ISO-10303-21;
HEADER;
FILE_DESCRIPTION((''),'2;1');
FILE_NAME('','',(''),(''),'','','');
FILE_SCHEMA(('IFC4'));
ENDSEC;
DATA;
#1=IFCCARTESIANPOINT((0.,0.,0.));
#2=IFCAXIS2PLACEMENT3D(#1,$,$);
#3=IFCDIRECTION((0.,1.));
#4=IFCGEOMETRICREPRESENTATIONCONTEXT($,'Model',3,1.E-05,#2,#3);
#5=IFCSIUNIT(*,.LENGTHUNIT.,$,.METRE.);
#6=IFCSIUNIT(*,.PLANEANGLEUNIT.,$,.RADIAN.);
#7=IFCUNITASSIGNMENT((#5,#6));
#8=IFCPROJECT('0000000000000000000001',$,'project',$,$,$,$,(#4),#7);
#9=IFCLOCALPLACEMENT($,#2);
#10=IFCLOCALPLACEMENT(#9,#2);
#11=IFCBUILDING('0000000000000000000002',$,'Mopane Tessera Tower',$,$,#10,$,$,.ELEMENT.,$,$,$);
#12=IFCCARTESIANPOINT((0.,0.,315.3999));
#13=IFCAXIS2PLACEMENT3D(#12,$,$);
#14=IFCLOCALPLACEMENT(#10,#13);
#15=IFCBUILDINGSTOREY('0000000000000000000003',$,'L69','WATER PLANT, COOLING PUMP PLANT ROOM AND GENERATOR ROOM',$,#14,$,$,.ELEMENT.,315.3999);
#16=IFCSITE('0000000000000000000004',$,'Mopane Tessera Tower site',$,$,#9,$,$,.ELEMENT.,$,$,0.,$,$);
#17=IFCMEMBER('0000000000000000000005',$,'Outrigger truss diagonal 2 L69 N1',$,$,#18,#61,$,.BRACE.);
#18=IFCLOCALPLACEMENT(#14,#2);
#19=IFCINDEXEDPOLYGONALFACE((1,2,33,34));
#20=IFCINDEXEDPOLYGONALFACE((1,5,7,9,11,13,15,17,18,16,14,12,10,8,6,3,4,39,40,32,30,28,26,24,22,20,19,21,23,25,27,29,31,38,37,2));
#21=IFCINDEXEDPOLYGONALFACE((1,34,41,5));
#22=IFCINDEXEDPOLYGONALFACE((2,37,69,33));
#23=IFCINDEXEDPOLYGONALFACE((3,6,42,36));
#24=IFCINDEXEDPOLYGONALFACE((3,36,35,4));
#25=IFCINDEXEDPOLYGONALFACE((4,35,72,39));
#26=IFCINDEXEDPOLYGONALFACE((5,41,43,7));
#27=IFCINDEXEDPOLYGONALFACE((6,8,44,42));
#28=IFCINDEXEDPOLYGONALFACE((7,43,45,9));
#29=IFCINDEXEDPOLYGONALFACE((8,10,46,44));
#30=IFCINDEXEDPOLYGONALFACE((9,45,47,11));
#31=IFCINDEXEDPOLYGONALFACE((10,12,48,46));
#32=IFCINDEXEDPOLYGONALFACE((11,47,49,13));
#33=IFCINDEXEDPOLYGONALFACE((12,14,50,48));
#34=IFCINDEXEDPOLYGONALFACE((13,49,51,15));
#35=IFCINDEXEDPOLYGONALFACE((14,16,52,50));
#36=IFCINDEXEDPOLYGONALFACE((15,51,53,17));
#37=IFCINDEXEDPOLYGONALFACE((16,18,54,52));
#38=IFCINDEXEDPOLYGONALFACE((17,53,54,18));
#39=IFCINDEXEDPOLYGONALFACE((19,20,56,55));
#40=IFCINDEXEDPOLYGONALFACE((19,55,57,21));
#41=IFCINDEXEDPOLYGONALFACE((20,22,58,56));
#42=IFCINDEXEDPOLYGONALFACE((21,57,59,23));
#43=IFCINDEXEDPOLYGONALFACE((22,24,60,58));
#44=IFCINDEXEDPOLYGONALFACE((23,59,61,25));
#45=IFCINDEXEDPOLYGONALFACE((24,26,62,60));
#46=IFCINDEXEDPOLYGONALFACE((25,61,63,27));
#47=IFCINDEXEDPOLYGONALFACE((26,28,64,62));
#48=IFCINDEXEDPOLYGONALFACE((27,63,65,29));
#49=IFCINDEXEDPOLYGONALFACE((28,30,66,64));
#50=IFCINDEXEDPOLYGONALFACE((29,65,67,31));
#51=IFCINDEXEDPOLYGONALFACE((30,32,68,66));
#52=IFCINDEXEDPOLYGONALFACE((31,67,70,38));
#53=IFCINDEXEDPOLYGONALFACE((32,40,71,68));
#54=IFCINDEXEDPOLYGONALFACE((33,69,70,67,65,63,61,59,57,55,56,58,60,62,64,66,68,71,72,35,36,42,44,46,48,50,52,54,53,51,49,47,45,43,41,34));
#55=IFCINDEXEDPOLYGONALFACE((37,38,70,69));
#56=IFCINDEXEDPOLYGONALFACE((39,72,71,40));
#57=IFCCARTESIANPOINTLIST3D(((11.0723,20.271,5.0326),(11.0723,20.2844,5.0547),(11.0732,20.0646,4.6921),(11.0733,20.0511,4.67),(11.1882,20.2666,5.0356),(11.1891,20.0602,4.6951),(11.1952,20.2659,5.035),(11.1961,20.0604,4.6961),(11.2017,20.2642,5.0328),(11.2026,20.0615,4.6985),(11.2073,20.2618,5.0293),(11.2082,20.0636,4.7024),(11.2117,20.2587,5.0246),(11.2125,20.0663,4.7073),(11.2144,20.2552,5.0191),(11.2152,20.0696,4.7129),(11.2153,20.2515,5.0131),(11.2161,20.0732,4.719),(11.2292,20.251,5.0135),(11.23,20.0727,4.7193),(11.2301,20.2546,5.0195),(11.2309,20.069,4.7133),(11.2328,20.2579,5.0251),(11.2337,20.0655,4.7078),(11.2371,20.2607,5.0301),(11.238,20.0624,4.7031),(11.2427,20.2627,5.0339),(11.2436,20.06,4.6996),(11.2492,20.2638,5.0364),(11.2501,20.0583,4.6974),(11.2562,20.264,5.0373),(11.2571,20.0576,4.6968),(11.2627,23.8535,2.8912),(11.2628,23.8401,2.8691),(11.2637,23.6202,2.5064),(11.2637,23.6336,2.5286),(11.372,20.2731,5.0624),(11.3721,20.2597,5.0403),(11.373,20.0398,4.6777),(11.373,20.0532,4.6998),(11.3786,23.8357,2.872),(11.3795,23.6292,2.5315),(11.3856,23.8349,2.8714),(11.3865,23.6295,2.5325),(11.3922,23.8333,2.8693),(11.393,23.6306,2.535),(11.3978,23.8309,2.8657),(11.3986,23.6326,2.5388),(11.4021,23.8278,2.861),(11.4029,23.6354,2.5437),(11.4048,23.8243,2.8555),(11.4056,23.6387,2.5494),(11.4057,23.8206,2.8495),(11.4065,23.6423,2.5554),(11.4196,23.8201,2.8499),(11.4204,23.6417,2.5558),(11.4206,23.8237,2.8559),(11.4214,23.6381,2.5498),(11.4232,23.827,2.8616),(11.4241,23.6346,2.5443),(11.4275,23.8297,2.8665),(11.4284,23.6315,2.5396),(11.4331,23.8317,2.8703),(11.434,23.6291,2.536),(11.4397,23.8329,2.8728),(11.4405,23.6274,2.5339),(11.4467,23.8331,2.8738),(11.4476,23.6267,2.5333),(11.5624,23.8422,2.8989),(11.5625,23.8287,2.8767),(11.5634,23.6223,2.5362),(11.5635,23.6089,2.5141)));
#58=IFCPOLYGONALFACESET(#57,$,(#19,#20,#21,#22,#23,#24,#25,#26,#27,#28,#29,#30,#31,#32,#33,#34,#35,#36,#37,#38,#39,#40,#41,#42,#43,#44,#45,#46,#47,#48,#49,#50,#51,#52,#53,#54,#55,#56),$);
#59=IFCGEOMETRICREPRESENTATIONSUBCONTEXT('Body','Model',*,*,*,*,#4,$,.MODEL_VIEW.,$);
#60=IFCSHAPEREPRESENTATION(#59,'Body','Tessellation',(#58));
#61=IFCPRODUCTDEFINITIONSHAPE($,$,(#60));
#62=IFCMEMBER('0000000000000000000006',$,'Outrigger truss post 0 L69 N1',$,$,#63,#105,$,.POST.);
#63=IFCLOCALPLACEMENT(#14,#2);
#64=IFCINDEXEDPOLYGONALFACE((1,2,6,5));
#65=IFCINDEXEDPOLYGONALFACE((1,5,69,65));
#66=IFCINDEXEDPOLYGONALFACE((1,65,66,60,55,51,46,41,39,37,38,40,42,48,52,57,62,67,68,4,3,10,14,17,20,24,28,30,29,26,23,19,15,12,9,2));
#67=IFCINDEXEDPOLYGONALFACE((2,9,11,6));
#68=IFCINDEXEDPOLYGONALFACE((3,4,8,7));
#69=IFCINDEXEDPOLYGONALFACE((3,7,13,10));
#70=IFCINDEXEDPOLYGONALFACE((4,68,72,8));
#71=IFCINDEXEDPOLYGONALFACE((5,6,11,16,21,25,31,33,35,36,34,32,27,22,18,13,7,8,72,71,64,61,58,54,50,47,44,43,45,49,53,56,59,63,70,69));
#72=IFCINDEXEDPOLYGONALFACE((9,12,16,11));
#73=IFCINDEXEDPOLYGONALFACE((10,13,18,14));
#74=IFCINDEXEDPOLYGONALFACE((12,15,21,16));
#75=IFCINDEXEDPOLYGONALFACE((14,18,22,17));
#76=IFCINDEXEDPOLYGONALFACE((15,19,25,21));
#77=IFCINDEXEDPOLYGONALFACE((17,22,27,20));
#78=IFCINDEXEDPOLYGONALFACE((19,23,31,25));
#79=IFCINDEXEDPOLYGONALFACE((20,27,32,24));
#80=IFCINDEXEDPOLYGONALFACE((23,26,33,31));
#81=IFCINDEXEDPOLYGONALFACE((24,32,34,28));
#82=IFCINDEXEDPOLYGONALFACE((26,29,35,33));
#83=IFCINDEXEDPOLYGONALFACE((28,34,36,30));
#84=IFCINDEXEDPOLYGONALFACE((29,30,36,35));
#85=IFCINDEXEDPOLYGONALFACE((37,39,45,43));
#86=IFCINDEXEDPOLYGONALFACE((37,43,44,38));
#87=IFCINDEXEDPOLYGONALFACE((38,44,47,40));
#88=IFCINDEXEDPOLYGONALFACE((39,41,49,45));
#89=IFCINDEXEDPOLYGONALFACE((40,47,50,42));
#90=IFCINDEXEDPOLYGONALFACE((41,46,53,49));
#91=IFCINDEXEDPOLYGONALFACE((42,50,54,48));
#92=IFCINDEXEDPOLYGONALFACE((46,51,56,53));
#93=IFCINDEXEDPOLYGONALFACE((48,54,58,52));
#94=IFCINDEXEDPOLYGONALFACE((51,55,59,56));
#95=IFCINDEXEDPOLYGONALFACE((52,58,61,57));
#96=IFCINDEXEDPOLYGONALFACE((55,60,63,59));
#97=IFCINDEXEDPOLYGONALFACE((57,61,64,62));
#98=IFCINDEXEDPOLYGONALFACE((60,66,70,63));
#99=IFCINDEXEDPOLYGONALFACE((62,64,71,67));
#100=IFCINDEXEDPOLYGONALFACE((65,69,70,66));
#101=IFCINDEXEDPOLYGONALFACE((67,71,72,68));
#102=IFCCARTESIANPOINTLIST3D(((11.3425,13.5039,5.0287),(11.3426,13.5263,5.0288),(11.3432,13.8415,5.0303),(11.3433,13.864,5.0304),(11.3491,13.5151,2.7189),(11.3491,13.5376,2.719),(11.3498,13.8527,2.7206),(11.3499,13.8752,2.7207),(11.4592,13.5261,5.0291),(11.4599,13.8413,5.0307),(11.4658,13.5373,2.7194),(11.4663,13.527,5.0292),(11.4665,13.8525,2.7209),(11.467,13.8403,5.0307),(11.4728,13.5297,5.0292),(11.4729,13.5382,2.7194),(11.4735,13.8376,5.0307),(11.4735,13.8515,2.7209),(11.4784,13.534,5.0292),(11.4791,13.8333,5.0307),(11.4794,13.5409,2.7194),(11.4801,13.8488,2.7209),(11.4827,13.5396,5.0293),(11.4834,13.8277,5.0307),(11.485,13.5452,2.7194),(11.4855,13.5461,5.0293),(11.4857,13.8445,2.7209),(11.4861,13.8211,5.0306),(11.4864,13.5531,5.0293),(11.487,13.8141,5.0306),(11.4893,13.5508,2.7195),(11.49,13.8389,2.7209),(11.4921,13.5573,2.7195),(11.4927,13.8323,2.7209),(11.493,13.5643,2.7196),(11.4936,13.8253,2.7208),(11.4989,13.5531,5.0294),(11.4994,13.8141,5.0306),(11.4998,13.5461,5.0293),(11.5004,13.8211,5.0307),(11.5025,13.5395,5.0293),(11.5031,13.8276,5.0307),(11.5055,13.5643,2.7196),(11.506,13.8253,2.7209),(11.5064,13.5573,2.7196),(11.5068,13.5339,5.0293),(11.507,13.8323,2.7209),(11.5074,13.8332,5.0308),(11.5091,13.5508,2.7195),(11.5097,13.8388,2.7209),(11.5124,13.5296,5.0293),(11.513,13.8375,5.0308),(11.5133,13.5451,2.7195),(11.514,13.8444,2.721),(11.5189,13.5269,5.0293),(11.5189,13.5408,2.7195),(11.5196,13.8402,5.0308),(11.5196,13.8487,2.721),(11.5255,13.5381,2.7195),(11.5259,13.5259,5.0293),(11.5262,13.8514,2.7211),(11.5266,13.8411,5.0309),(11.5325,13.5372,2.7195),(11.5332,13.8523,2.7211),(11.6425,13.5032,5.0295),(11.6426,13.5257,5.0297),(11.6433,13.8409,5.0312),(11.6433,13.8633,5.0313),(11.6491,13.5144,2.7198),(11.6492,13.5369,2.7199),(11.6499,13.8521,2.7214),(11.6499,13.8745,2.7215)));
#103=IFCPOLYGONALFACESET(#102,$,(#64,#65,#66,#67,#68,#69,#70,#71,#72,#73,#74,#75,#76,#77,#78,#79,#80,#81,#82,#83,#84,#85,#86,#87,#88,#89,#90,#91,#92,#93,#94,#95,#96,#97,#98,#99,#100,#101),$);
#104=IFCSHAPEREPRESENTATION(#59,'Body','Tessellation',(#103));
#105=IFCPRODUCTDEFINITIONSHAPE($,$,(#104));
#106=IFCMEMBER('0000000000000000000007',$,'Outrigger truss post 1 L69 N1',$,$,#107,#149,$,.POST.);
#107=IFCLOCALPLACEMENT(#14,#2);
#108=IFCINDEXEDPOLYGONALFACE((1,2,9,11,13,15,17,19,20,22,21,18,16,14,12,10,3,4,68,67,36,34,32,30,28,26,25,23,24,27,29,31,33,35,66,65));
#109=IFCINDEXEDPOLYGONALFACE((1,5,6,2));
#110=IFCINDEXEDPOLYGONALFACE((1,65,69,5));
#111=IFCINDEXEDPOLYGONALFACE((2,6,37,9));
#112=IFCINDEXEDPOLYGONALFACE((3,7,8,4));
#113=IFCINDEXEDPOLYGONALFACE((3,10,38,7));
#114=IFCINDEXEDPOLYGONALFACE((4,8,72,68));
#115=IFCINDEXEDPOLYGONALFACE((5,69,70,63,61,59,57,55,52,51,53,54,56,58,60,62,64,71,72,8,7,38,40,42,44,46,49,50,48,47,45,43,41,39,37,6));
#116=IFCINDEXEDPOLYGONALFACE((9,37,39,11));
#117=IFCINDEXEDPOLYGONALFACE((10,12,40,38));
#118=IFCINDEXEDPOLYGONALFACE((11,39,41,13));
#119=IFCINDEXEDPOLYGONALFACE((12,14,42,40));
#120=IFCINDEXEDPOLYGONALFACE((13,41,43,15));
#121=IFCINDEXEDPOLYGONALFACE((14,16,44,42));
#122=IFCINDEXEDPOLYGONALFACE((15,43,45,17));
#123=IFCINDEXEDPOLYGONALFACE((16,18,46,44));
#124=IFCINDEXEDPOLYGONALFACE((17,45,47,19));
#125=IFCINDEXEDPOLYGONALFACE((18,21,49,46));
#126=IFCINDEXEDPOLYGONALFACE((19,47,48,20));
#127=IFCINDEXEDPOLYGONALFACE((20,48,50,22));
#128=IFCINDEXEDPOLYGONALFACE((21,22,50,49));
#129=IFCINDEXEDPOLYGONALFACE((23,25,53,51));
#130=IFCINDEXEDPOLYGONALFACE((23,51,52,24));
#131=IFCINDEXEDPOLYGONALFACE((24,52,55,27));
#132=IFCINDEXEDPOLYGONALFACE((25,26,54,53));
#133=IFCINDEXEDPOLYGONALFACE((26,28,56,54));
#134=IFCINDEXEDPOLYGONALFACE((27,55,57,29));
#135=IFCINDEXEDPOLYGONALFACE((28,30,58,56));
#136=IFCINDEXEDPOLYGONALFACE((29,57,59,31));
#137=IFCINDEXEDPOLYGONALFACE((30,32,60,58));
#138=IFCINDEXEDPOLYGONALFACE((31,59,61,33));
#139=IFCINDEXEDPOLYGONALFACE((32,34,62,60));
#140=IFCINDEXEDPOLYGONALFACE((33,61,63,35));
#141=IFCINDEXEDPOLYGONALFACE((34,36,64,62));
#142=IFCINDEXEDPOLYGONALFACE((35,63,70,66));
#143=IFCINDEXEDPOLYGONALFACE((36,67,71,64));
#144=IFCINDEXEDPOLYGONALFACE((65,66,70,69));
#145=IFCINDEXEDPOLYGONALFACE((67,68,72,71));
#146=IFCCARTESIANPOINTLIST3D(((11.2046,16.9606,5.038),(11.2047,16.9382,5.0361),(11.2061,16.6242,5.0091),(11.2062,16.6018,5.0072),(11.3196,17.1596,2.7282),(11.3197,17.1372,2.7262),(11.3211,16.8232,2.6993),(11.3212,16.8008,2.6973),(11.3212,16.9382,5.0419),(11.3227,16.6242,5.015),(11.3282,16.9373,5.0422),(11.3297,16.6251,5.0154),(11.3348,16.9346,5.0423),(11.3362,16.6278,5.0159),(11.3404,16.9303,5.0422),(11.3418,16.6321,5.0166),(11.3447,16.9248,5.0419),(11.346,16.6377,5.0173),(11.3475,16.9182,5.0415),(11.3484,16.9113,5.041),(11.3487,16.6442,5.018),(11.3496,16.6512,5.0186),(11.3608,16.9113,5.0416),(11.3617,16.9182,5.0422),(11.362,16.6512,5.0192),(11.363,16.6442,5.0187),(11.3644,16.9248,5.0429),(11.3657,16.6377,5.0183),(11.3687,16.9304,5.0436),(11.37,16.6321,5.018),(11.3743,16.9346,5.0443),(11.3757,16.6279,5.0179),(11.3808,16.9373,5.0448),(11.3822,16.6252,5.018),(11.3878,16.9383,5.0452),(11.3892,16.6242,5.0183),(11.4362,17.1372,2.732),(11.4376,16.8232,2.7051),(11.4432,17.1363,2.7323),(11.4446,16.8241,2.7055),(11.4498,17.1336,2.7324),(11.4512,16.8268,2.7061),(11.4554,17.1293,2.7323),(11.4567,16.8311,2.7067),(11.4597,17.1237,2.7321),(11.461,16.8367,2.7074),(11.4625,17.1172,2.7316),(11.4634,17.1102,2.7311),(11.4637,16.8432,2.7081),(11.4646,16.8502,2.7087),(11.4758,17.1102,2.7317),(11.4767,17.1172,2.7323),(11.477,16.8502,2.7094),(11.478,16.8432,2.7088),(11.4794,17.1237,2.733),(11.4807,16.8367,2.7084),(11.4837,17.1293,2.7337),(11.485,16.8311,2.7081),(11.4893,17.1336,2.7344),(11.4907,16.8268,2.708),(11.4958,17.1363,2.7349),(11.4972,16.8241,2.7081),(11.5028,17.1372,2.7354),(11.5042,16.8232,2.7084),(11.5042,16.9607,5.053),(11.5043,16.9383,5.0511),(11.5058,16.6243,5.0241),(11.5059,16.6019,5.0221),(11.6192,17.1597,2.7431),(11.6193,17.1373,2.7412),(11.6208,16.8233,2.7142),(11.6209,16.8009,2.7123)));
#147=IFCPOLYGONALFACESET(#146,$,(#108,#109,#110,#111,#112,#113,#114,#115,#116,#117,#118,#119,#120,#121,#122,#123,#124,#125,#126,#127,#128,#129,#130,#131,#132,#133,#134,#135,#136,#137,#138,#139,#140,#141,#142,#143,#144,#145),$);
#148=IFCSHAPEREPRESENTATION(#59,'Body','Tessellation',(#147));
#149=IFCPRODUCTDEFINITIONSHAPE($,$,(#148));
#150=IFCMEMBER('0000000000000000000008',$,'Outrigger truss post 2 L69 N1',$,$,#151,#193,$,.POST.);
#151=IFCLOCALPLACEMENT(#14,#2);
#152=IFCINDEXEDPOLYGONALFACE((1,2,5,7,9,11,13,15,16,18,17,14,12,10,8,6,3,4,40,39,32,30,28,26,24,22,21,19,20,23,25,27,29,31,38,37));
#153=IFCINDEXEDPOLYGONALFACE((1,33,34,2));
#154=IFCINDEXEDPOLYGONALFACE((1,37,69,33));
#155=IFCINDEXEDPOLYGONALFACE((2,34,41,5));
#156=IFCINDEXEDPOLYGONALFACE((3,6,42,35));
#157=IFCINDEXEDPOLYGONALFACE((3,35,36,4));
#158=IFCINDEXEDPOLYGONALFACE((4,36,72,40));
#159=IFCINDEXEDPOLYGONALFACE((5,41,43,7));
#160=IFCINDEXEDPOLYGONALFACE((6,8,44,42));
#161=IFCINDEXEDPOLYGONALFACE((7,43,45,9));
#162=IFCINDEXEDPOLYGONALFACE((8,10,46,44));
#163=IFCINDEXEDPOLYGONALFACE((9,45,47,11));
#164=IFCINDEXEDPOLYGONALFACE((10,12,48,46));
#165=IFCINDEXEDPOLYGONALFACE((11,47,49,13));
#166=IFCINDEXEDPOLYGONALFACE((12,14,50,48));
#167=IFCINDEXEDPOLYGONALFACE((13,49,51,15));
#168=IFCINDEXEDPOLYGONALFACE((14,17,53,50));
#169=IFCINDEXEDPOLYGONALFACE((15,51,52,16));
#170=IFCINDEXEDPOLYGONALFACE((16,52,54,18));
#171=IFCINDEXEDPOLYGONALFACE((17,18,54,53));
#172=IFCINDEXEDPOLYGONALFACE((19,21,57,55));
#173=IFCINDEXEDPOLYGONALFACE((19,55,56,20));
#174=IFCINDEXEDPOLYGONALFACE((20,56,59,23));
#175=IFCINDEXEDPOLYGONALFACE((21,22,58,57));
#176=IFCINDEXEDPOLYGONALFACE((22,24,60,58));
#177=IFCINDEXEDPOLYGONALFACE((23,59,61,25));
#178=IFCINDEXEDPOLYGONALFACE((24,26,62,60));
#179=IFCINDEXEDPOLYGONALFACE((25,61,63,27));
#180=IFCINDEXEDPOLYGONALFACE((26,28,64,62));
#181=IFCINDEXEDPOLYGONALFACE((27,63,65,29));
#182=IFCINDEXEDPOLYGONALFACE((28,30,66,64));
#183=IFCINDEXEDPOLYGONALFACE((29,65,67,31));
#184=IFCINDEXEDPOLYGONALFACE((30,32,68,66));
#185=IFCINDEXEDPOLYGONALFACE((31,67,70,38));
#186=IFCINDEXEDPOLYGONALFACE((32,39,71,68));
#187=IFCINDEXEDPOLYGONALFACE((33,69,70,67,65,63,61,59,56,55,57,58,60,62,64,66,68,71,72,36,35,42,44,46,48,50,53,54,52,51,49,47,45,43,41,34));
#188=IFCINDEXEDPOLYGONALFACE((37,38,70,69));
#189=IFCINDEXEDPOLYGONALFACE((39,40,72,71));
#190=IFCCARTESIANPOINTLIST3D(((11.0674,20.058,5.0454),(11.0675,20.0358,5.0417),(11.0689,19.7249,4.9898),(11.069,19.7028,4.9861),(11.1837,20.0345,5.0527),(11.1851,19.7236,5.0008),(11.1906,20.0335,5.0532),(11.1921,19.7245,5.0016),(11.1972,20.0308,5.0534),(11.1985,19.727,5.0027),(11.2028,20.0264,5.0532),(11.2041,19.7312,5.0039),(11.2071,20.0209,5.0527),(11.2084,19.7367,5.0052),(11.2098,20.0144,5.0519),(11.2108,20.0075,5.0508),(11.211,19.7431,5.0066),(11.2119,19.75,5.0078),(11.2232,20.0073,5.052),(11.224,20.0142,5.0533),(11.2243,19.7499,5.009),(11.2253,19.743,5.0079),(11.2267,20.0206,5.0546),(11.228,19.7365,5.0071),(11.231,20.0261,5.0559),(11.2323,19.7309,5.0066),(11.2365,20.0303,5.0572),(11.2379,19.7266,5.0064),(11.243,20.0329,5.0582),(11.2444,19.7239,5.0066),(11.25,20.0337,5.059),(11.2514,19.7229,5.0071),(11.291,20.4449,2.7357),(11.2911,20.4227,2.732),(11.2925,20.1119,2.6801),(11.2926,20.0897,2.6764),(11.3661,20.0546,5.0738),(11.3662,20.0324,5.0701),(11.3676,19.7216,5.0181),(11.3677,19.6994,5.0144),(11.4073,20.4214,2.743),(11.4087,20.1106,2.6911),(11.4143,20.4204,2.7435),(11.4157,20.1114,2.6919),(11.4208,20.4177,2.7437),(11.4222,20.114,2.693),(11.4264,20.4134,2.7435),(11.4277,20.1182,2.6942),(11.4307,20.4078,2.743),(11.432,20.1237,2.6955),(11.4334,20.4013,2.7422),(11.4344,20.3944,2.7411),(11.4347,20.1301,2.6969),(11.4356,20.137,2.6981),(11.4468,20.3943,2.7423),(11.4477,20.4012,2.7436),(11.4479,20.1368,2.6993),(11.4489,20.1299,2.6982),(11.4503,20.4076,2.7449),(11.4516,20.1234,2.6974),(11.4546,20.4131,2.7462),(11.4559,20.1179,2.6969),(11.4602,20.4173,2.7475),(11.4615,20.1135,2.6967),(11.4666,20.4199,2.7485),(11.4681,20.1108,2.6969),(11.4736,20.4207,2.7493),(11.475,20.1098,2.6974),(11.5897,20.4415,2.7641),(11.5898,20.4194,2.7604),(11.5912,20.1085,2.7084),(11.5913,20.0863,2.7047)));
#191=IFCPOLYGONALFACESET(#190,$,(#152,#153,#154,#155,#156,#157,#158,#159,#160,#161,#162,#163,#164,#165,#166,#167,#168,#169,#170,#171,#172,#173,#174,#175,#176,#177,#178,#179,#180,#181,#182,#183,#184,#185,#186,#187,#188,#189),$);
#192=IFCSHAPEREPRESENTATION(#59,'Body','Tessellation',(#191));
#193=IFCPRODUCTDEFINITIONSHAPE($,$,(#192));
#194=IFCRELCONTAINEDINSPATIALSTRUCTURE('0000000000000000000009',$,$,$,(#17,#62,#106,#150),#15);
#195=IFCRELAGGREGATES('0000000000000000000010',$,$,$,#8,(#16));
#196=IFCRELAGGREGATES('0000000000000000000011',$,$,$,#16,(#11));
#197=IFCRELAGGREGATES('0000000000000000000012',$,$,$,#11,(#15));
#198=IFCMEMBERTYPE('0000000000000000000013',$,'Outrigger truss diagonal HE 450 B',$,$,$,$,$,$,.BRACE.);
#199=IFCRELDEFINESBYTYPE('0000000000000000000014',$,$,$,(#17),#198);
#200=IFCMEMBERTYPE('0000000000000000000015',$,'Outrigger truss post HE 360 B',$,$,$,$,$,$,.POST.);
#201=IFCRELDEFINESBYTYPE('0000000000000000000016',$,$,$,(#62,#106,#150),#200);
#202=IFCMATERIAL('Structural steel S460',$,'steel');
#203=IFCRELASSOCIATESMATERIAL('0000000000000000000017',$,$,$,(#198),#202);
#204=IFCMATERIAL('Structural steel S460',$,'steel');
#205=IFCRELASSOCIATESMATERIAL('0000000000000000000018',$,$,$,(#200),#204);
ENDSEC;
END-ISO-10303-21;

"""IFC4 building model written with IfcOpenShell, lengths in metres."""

from ifc_helpers import new_model, si_unit, direction, frame, origin, origin_2d, place, context, subcontext, project, spatial, i_section, extrude, material, material_profile, profile_set, type_object, element, save


model = new_model("IFC4")

# Units and contexts
model_context = context("Model", 3, precision=1e-05, world=origin(), true_north=direction((0.0, 1.0)))
body_context = subcontext(model_context, "Body", "Model", "MODEL_VIEW")
ifc_project = project(units=[si_unit("LENGTHUNIT", "METRE"), si_unit("PLANEANGLEUNIT", "RADIAN")], contexts=[model_context])

# Site, building, storey
site_placement = place(None, origin())
site = spatial("IfcSite", under=ifc_project, at=site_placement, Name="Mopane Tessera Tower site", CompositionType="ELEMENT", RefElevation=0.0)
building_placement = place(site_placement, origin())
building = spatial("IfcBuilding", under=site, at=building_placement, Name="Mopane Tessera Tower", CompositionType="ELEMENT")
storey_placement = place(building_placement, frame((0.0, 0.0, 315.3999)))
storey = spatial("IfcBuildingStorey", under=building, at=storey_placement, Name="L69", Description="WATER PLANT, COOLING PUMP PLANT ROOM AND GENERATOR ROOM", CompositionType="ELEMENT", Elevation=315.3999)

# Members
ifc_material_1 = material(Name="Structural steel S460", Category="steel")
ifc_material_profile_1 = material_profile(ifc_material_1, i_section(OverallWidth=0.3, OverallDepth=0.45, WebThickness=0.0139, FlangeThickness=0.0259, FilletRadius=0.0271, at=origin_2d()))
ifc_profile_set_1 = profile_set([ifc_material_profile_1], Name="Structural steel S460")
member_type_1 = type_object("IfcMemberType", Name="Outrigger truss diagonal HE 450 B", PredefinedType="BRACE", material=ifc_profile_set_1)
member_1_placement = place(storey_placement, frame((11.2227, 20.1621, 4.8662), z_axis=(0.045579, 0.854257, -0.517849), x_axis=(-0.998958, 0.0378, -0.025569)))
element("IfcMember", 1, at=member_1_placement, inside=storey, type_object=member_type_1, Name="Outrigger truss diagonal 2 L69 N1", PredefinedType="BRACE", context=body_context, shape_type="SweptSolid", body=[
    extrude(i_section(OverallWidth=0.3, OverallDepth=0.45, WebThickness=0.0139, FlangeThickness=0.0259, FilletRadius=0.0271, at=origin_2d()), origin(), (0.0, 0.0, 1.0), 4.178),
])
ifc_material_2 = material(Name="Structural steel S460", Category="steel")
ifc_material_profile_2 = material_profile(ifc_material_2, i_section(OverallWidth=0.3, OverallDepth=0.3601, WebThickness=0.0125, FlangeThickness=0.0225, FilletRadius=0.0271, at=origin_2d()))
ifc_profile_set_2 = profile_set([ifc_material_profile_2], Name="Structural steel S460")
member_type_2 = type_object("IfcMemberType", Name="Outrigger truss post HE 360 B", PredefinedType="POST", material=ifc_profile_set_2)
member_2_placement = place(storey_placement, frame((11.4995, 13.6948, 2.7202), z_axis=(-0.002854, -0.004862, 0.999984), x_axis=(-0.999994, 0.002209, -0.002843)))
element("IfcMember", 2, at=member_2_placement, inside=storey, type_object=member_type_2, Name="Outrigger truss post 0 L69 N1", PredefinedType="POST", context=body_context, shape_type="SweptSolid", body=[
    extrude(i_section(OverallWidth=0.3, OverallDepth=0.3601, WebThickness=0.0125, FlangeThickness=0.0225, FilletRadius=0.0271, at=origin_2d()), origin(), (0.0, 0.0, 1.0), 2.3098),
])
member_3_placement = place(storey_placement, frame((11.4702, 16.9802, 2.7202), z_axis=(-0.049539, -0.08572, 0.995087), x_axis=(-0.998762, -0.000277, -0.049746)))
element("IfcMember", 3, at=member_3_placement, inside=storey, type_object=member_type_2, Name="Outrigger truss post 1 L69 N1", PredefinedType="POST", context=body_context, shape_type="SweptSolid", body=[
    extrude(i_section(OverallWidth=0.3, OverallDepth=0.3601, WebThickness=0.0125, FlangeThickness=0.0225, FilletRadius=0.0271, at=origin_2d()), origin(), (0.0, 0.0, 1.0), 2.3213),
])
member_4_placement = place(storey_placement, frame((11.4412, 20.2656, 2.7202), z_axis=(-0.095055, -0.164479, 0.98179), x_axis=(-0.995462, 0.01125, -0.094494)))
element("IfcMember", 4, at=member_4_placement, inside=storey, type_object=member_type_2, Name="Outrigger truss post 2 L69 N1", PredefinedType="POST", context=body_context, shape_type="SweptSolid", body=[
    extrude(i_section(OverallWidth=0.3, OverallDepth=0.3601, WebThickness=0.0125, FlangeThickness=0.0225, FilletRadius=0.0271, at=origin_2d()), origin(), (0.0, 0.0, 1.0), 2.3525),
])

save(model, "model.ifc")
